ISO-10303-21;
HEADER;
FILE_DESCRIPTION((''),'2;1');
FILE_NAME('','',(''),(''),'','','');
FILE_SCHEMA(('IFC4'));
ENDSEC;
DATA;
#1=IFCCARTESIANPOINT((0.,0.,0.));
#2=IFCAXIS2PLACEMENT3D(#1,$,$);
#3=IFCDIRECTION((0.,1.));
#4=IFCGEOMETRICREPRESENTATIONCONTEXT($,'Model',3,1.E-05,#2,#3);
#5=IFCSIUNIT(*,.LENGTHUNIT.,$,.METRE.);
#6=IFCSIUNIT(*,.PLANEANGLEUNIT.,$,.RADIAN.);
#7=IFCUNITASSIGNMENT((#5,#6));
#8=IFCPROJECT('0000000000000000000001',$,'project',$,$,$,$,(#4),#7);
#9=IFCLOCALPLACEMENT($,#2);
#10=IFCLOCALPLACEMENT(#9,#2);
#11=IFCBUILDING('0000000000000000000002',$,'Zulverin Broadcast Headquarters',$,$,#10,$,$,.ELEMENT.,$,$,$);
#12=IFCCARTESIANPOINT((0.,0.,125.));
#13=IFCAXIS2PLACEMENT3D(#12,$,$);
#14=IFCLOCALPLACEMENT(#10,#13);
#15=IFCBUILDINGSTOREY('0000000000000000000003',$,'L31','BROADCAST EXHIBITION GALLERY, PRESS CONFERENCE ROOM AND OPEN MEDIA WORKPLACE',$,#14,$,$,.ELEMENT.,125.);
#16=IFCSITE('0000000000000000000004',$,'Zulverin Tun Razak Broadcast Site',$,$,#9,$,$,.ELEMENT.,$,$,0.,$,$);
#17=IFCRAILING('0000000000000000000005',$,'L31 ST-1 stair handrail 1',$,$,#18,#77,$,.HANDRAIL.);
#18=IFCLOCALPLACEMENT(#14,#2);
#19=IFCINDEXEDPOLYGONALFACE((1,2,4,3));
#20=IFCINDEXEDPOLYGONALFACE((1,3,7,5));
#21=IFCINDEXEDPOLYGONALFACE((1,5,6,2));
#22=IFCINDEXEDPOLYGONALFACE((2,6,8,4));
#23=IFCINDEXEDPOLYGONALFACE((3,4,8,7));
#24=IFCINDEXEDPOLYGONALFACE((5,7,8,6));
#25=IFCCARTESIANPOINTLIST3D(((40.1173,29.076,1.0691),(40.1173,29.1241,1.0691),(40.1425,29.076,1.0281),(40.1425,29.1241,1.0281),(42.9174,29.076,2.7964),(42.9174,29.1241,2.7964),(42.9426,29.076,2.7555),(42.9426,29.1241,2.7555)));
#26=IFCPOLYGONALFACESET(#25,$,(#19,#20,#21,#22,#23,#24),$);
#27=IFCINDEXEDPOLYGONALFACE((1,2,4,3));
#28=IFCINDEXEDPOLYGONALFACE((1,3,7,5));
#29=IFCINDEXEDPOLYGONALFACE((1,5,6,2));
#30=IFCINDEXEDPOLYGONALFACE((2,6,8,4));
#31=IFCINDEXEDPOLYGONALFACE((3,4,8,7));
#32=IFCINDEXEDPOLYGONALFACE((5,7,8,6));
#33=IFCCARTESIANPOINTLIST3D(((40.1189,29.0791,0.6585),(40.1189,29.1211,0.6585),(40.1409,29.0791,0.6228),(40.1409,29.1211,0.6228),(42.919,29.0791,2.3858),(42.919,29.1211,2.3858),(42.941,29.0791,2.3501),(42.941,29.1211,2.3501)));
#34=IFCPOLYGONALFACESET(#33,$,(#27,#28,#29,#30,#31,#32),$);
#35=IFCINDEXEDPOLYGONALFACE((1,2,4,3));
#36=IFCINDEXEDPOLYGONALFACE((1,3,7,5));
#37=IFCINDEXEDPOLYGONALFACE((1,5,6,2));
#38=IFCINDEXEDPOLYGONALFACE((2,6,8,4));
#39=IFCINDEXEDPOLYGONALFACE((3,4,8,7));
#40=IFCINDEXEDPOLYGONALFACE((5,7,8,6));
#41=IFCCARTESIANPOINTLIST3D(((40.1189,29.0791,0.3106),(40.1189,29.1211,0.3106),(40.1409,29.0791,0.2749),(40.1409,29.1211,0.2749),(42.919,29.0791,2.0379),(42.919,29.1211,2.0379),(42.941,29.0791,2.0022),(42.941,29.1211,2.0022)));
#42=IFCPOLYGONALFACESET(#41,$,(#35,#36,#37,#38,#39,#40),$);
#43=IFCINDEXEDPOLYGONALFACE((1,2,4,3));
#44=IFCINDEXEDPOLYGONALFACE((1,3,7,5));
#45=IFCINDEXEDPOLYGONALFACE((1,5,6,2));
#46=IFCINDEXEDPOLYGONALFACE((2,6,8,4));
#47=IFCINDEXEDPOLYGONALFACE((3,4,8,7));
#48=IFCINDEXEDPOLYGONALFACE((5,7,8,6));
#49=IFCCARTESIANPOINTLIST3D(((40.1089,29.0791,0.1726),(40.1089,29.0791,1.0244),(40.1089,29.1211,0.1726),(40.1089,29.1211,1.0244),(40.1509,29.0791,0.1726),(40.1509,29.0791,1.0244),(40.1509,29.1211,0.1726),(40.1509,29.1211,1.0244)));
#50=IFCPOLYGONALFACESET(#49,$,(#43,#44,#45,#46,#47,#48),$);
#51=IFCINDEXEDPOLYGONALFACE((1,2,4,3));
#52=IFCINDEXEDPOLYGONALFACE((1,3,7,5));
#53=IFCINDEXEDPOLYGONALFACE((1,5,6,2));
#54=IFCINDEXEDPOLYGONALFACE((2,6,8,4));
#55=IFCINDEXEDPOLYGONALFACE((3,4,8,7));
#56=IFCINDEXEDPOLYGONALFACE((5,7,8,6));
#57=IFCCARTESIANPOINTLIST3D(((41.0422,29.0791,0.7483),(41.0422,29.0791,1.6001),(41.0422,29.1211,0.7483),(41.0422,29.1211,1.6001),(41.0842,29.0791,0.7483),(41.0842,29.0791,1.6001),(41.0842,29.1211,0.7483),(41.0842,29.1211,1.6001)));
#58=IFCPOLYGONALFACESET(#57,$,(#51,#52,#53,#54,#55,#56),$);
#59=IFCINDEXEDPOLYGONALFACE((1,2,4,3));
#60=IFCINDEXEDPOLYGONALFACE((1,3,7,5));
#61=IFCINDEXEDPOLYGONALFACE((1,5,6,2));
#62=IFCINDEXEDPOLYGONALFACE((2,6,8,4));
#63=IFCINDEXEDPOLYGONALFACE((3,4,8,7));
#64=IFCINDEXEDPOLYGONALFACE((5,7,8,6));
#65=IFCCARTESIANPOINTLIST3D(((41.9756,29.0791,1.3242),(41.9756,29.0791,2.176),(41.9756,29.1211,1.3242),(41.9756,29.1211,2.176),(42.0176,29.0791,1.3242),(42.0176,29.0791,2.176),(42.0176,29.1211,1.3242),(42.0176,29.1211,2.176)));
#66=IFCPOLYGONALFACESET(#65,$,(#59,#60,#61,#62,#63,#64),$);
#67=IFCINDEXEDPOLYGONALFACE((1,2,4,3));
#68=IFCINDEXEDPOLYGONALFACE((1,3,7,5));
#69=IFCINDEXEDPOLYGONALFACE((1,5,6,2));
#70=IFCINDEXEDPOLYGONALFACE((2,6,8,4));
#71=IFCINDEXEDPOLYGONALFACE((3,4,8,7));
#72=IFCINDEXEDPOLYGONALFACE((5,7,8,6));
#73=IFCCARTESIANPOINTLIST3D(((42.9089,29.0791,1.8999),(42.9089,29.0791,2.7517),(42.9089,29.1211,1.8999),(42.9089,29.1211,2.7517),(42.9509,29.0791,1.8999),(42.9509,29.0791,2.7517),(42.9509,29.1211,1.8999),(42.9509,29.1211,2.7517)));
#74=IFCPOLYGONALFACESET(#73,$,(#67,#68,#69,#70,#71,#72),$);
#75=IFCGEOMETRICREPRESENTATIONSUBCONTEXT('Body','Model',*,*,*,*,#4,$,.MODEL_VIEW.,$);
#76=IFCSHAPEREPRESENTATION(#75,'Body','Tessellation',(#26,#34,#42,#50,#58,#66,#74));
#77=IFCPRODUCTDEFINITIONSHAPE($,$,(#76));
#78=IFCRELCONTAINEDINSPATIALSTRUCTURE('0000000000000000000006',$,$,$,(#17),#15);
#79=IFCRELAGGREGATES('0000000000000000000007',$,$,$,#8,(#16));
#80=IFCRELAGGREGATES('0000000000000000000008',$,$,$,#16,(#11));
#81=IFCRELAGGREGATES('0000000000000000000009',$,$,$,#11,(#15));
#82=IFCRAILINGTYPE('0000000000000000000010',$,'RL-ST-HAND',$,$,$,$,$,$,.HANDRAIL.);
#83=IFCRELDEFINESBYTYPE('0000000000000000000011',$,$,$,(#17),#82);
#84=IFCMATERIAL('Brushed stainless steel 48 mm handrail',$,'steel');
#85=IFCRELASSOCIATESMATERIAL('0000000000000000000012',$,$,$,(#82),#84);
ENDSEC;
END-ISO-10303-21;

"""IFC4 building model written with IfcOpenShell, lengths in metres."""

from ifc_helpers import new_model, si_unit, direction, frame, origin, origin_2d, place, context, subcontext, project, spatial, rectangle, extrude, material, type_object, element, save


model = new_model("IFC4")

# Units and contexts
model_context = context("Model", 3, precision=1e-05, world=origin(), true_north=direction((0.0, 1.0)))
body_context = subcontext(model_context, "Body", "Model", "MODEL_VIEW")
ifc_project = project(units=[si_unit("LENGTHUNIT", "METRE"), si_unit("PLANEANGLEUNIT", "RADIAN")], contexts=[model_context])

# Site, building, storey
site_placement = place(None, origin())
site = spatial("IfcSite", under=ifc_project, at=site_placement, Name="Zulverin Tun Razak Broadcast Site", CompositionType="ELEMENT", RefElevation=0.0)
building_placement = place(site_placement, origin())
building = spatial("IfcBuilding", under=site, at=building_placement, Name="Zulverin Broadcast Headquarters", CompositionType="ELEMENT")
storey_placement = place(building_placement, frame((0.0, 0.0, 125.0)))
storey = spatial("IfcBuildingStorey", under=building, at=storey_placement, Name="L31", Description="BROADCAST EXHIBITION GALLERY, PRESS CONFERENCE ROOM AND OPEN MEDIA WORKPLACE", CompositionType="ELEMENT", Elevation=125.0)

# Railing
ifc_material_1 = material(Name="Brushed stainless steel 48 mm handrail", Category="steel")
railing_type_1 = type_object("IfcRailingType", Name="RL-ST-HAND", PredefinedType="HANDRAIL", material=ifc_material_1)
railing_1_placement = place(storey_placement, frame((40.1299, 29.1001, 0.1726)))
element("IfcRailing", 1, at=railing_1_placement, inside=storey, type_object=railing_type_1, Name="L31 ST-1 stair handrail 1", PredefinedType="HANDRAIL", context=body_context, shape_type="SweptSolid", body=[
    extrude(rectangle(XDim=0.0481, YDim=0.0481, at=origin_2d()), frame((0.0, 0.0, 0.876), z_axis=(0.85109, 0.0, 0.52502), x_axis=(0.0, 1.0, 0.0)), (0.0, 0.0, 1.0), 3.29),
    extrude(rectangle(XDim=0.042, YDim=0.042, at=origin_2d()), frame((0.0, 0.0, 0.468), z_axis=(0.85109, 0.0, 0.52502), x_axis=(0.0, 1.0, 0.0)), (0.0, 0.0, 1.0), 3.29),
    extrude(rectangle(XDim=0.042, YDim=0.042, at=origin_2d()), frame((0.0, 0.0, 0.1201), z_axis=(0.85109, 0.0, 0.52502), x_axis=(0.0, 1.0, 0.0)), (0.0, 0.0, 1.0), 3.29),
    extrude(rectangle(XDim=0.042, YDim=0.042, at=origin_2d()), origin(), (0.0, 0.0, 1.0), 0.8518),
    extrude(rectangle(XDim=0.042, YDim=0.042, at=origin_2d()), frame((0.9333, 0.0, 0.5757)), (0.0, 0.0, 1.0), 0.8518),
    extrude(rectangle(XDim=0.042, YDim=0.042, at=origin_2d()), frame((1.8667, 0.0, 1.1516)), (0.0, 0.0, 1.0), 0.8518),
    extrude(rectangle(XDim=0.042, YDim=0.042, at=origin_2d()), frame((2.8, 0.0, 1.7273)), (0.0, 0.0, 1.0), 0.8518),
])

save(model, "model.ifc")
